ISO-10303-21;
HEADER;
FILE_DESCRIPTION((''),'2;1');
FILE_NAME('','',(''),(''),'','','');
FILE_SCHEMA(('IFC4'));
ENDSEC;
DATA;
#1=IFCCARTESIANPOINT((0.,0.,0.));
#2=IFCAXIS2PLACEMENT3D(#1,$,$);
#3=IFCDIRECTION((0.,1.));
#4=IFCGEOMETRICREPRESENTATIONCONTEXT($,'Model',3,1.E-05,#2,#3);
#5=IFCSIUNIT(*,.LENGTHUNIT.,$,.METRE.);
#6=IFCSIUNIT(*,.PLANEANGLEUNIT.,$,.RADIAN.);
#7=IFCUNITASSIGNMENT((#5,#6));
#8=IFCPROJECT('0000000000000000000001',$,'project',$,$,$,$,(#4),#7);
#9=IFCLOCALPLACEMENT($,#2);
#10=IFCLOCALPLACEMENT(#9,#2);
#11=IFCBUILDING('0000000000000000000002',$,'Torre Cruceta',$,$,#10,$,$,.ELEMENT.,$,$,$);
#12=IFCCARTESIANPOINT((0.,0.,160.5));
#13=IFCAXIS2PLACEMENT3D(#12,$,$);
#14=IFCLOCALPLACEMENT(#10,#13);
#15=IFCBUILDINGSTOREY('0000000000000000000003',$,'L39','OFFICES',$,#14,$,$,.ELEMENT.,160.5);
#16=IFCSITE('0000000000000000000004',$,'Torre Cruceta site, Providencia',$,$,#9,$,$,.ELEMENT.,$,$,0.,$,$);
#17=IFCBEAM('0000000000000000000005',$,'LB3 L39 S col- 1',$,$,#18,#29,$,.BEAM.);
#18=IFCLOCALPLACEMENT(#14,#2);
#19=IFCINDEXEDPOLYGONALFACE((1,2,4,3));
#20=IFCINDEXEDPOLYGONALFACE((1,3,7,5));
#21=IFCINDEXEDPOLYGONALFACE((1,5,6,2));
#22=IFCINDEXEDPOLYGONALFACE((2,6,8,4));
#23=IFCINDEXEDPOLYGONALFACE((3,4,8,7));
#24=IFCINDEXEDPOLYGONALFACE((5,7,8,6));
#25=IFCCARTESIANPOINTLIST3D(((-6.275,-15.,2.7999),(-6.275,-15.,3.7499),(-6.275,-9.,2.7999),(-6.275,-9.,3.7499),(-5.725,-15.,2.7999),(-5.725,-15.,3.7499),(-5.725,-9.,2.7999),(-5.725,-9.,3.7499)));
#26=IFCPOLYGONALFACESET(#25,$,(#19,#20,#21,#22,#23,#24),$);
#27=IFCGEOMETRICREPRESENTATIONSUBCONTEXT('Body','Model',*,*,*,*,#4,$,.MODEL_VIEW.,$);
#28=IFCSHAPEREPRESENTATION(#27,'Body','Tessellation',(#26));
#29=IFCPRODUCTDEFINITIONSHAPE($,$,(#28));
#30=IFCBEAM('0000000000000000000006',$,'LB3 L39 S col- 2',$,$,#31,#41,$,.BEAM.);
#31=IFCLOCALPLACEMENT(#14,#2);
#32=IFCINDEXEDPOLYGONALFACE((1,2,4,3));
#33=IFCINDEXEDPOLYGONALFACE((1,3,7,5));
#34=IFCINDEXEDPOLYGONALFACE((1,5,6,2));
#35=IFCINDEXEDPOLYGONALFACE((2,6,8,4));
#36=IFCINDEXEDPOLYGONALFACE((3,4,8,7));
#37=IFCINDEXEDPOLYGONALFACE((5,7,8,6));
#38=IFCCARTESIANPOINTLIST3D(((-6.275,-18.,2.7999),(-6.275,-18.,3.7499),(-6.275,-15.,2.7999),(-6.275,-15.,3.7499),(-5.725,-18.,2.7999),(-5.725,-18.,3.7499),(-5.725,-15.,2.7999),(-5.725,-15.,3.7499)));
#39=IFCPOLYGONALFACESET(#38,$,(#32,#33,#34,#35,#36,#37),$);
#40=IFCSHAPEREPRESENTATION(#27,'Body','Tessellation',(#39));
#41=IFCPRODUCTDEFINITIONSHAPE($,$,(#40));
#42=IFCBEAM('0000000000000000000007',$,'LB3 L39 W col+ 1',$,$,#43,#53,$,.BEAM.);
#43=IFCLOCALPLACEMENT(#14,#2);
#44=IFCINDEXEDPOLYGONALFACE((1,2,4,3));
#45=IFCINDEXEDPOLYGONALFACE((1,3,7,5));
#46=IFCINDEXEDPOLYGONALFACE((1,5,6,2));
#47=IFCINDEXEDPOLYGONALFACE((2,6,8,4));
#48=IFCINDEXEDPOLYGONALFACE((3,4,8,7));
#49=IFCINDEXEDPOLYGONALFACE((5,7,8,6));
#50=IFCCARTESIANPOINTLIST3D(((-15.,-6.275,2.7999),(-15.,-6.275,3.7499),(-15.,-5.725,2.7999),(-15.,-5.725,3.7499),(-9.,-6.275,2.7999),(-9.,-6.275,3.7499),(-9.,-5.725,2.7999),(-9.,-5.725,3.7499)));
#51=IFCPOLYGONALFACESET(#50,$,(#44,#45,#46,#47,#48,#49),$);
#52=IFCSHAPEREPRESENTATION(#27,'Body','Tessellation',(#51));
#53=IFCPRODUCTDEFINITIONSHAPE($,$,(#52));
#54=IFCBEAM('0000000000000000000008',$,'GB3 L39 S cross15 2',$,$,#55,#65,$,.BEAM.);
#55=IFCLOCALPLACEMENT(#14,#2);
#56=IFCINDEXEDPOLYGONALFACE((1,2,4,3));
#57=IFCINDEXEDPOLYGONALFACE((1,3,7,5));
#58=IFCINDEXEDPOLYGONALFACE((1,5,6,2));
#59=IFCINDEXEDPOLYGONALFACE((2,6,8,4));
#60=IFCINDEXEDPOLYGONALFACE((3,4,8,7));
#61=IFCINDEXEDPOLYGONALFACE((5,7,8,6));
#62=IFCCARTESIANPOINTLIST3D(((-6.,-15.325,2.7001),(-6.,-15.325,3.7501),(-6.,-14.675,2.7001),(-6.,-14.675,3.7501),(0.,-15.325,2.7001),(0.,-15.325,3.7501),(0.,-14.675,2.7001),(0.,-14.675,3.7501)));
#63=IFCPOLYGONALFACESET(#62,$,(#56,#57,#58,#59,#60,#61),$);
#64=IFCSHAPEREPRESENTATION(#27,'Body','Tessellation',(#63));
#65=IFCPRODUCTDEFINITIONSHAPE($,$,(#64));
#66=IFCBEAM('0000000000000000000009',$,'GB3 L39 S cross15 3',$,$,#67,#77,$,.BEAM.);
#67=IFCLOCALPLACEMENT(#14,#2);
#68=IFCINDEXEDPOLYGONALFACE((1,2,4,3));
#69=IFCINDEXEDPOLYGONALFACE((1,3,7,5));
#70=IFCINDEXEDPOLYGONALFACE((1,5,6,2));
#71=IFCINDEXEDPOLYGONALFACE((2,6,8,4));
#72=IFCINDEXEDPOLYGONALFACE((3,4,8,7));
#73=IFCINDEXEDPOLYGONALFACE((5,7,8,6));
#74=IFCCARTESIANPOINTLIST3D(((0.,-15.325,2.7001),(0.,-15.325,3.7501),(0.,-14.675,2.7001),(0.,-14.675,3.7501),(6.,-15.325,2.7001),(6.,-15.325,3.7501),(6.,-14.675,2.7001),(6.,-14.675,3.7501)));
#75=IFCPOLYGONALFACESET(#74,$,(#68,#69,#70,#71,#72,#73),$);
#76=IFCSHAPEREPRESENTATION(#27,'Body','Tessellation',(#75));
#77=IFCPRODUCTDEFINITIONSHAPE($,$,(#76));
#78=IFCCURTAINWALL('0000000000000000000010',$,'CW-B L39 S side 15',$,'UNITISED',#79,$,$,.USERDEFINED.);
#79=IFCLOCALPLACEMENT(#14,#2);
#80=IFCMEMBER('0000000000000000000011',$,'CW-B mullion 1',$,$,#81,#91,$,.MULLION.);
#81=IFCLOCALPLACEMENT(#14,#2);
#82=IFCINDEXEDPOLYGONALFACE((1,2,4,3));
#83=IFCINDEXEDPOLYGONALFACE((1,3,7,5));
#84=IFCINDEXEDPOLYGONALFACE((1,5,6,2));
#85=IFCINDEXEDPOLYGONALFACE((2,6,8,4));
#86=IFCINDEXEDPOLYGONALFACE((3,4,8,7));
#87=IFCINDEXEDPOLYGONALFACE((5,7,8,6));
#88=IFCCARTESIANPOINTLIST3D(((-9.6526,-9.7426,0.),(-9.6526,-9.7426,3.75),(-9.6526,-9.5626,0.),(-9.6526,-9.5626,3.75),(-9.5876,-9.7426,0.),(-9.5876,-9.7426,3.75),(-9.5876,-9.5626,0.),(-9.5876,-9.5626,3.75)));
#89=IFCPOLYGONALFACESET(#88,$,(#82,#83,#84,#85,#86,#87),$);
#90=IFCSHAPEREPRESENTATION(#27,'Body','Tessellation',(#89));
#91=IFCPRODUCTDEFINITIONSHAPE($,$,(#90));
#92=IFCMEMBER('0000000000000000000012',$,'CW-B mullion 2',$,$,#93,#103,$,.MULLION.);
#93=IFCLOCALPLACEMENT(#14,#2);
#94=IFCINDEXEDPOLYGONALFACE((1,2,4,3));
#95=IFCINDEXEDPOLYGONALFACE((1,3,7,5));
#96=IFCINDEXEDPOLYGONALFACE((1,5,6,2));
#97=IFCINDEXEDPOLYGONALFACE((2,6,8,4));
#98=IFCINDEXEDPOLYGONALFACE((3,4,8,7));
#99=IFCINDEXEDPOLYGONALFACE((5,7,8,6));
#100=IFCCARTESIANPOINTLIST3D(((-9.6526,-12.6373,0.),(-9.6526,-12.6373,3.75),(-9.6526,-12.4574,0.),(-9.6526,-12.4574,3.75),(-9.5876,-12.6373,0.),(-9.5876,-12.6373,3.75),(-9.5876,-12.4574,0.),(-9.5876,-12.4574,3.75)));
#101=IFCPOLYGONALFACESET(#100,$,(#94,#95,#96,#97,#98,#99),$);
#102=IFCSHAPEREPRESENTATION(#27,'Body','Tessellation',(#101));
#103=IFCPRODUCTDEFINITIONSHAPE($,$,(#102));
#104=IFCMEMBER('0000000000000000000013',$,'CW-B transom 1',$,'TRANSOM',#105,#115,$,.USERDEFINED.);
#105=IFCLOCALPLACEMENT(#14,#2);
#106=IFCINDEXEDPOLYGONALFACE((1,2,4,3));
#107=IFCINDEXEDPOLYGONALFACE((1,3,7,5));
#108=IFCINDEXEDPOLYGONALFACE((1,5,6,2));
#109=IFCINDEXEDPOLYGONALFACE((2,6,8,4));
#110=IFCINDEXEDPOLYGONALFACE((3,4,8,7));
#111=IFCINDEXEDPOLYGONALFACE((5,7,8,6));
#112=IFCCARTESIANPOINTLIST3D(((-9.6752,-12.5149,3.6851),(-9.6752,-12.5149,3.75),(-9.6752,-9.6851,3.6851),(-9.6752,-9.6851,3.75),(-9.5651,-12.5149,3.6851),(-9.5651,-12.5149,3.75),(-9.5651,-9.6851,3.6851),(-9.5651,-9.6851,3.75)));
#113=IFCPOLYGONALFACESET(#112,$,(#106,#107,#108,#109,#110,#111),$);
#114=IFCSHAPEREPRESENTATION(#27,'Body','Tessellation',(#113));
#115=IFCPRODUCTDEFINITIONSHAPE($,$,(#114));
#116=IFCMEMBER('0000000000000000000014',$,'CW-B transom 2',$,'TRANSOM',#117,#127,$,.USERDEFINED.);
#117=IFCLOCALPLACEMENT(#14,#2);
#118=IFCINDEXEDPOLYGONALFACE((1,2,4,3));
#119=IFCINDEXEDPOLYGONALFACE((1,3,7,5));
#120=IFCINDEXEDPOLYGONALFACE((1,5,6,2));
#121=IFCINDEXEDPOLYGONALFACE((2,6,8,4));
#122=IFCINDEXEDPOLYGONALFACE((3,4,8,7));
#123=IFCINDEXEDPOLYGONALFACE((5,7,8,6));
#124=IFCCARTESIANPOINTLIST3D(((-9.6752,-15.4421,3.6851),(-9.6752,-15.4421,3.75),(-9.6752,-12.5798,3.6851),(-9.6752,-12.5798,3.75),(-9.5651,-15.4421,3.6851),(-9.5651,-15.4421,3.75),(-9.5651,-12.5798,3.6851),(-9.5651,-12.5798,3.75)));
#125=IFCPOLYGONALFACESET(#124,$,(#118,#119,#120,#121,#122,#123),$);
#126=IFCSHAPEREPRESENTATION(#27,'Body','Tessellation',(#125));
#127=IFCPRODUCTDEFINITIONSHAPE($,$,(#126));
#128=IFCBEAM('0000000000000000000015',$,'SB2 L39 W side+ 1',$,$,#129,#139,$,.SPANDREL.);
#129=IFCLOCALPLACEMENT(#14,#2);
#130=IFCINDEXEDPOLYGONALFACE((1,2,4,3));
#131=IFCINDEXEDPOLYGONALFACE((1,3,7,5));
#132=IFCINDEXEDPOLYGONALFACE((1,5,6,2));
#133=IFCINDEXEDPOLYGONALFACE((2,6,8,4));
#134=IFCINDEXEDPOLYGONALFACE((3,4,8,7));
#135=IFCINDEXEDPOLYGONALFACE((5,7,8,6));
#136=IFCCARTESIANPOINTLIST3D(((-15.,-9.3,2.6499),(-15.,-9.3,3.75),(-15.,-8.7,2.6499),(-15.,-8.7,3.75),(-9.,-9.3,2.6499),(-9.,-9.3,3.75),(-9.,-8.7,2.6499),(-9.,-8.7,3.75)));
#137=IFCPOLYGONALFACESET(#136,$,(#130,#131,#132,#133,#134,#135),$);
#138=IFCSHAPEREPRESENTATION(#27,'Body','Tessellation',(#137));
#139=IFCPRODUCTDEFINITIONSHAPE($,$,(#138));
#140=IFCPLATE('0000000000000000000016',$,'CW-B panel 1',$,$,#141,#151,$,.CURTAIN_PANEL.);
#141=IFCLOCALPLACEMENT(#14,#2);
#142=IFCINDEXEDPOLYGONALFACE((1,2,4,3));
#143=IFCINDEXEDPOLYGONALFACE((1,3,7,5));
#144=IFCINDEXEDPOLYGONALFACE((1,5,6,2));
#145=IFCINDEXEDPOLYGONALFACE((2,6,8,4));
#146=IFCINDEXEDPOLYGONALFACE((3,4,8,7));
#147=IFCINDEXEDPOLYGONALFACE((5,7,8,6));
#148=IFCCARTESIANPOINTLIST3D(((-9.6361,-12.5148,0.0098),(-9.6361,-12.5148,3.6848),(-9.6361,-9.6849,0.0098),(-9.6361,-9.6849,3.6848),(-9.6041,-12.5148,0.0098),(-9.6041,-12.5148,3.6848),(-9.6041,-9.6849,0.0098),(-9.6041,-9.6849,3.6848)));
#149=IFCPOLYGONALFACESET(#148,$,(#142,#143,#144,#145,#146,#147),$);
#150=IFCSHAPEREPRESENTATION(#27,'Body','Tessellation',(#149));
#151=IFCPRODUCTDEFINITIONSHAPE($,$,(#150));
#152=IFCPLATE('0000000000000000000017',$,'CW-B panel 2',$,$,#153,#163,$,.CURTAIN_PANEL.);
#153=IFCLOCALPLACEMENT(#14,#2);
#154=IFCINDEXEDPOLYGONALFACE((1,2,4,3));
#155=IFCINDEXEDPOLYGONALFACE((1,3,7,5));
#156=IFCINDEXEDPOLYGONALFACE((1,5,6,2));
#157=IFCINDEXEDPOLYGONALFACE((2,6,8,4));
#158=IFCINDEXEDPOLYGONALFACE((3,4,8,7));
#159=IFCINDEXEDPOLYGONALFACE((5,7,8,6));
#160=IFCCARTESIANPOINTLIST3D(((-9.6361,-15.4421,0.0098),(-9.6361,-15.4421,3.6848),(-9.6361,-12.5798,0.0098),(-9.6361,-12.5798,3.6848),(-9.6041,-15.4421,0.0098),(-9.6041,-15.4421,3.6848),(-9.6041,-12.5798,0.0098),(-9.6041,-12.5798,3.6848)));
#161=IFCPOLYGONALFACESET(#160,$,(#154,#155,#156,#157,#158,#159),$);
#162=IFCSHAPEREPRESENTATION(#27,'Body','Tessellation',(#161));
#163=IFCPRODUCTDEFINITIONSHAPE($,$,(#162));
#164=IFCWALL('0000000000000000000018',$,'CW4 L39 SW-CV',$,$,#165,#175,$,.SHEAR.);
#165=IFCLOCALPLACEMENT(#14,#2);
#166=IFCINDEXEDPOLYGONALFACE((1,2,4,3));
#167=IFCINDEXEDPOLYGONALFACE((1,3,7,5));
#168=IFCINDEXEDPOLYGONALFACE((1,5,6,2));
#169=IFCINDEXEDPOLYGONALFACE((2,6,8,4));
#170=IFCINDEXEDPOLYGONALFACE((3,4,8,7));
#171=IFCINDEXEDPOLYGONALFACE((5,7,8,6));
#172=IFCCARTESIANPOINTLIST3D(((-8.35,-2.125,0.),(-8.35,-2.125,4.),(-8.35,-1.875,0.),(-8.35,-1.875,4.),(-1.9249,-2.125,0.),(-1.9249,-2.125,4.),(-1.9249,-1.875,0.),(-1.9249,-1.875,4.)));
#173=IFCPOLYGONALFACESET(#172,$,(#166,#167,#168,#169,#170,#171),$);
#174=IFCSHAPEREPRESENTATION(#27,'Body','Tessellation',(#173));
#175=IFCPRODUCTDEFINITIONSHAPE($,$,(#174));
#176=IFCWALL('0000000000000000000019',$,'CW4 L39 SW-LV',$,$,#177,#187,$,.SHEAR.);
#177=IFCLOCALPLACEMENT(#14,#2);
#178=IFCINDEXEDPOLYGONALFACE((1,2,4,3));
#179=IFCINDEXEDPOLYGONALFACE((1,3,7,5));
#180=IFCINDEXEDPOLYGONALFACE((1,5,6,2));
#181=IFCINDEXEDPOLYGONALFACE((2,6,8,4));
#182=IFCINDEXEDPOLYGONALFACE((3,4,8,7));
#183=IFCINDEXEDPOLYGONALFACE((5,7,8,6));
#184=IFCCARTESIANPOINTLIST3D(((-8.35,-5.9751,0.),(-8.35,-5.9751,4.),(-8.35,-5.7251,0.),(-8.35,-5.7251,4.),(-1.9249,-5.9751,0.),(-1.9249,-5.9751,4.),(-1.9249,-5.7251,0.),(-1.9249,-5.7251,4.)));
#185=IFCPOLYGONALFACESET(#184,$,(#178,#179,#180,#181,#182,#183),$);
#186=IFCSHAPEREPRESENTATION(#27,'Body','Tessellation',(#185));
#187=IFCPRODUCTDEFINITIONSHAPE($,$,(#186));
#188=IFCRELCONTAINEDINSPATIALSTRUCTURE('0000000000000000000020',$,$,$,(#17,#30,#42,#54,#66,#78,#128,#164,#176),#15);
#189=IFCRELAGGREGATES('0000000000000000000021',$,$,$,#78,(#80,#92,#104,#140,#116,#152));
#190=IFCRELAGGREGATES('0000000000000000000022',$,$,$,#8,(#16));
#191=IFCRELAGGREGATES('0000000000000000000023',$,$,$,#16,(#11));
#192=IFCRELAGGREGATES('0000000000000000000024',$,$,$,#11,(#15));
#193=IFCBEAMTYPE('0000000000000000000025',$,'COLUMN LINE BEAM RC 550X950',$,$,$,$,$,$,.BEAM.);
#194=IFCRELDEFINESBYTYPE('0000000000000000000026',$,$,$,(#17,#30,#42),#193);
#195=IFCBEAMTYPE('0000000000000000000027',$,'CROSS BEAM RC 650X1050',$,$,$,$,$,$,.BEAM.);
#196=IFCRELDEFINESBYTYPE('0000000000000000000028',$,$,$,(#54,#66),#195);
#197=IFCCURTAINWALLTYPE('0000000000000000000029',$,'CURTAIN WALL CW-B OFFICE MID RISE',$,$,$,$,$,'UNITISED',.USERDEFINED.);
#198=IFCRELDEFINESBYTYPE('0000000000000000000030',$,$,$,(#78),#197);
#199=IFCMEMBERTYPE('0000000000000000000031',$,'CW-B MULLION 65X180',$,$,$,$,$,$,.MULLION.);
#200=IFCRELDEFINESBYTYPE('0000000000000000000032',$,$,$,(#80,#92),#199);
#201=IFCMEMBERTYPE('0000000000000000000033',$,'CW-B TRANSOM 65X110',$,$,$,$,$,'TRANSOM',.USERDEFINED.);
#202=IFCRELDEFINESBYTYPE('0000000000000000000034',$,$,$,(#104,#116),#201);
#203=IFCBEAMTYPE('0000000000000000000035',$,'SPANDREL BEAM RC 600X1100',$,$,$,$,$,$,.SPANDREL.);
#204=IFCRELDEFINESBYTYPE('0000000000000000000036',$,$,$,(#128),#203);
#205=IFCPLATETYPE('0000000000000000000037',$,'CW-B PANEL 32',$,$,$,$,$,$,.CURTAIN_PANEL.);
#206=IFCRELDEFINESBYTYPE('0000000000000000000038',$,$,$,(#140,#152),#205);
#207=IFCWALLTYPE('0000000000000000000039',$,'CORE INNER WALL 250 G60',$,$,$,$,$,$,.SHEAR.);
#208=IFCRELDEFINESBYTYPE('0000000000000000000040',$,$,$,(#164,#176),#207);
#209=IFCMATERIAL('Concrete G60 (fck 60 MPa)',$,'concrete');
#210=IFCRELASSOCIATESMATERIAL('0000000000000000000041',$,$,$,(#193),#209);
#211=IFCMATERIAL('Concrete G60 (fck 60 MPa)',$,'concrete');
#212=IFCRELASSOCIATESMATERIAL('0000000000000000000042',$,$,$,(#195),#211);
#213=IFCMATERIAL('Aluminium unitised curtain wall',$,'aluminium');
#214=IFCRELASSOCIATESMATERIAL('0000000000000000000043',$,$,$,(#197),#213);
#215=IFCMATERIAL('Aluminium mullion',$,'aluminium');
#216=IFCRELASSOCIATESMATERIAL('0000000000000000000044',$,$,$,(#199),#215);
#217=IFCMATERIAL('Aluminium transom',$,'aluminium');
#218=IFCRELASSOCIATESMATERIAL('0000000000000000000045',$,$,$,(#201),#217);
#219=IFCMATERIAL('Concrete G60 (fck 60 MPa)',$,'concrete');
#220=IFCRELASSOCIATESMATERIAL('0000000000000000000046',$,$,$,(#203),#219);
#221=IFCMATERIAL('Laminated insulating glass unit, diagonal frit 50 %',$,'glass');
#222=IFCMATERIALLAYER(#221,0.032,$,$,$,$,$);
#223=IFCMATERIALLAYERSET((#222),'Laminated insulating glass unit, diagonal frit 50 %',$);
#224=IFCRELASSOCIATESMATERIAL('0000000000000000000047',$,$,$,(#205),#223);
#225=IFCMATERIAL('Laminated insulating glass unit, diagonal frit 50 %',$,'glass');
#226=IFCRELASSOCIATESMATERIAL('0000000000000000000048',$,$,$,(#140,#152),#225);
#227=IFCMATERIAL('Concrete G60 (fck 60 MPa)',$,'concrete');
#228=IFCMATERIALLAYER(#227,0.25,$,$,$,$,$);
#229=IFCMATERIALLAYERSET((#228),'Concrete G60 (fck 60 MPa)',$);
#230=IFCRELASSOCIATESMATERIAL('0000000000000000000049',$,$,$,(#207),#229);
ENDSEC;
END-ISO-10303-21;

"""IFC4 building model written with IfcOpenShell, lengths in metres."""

from ifc_helpers import new_model, si_unit, direction, frame, frame_2d, origin, origin_2d, place, context, subcontext, project, spatial, rectangle, extrude, material, layer, layer_set, material_profile, profile_set, type_object, element, aggregate, save


model = new_model("IFC4")

# Units and contexts
model_context = context("Model", 3, precision=1e-05, world=origin(), true_north=direction((0.0, 1.0)))
body_context = subcontext(model_context, "Body", "Model", "MODEL_VIEW")
ifc_project = project(units=[si_unit("LENGTHUNIT", "METRE"), si_unit("PLANEANGLEUNIT", "RADIAN")], contexts=[model_context])

# Site, building, storey
site_placement = place(None, origin())
site = spatial("IfcSite", under=ifc_project, at=site_placement, Name="Torre Cruceta site, Providencia", CompositionType="ELEMENT", RefElevation=0.0)
building_placement = place(site_placement, origin())
building = spatial("IfcBuilding", under=site, at=building_placement, Name="Torre Cruceta", CompositionType="ELEMENT")
storey_placement = place(building_placement, frame((0.0, 0.0, 160.5)))
storey = spatial("IfcBuildingStorey", under=building, at=storey_placement, Name="L39", Description="OFFICES", CompositionType="ELEMENT", Elevation=160.5)

# Beams
ifc_material_1 = material(Name="Concrete G60 (fck 60 MPa)", Category="concrete")
ifc_material_profile_1 = material_profile(ifc_material_1, rectangle(XDim=0.55, YDim=0.95, at=origin_2d()), Name="RC 550X950")
ifc_profile_set_1 = profile_set([ifc_material_profile_1], Name="Concrete G60 (fck 60 MPa)")
beam_type_1 = type_object("IfcBeamType", Name="COLUMN LINE BEAM RC 550X950", PredefinedType="BEAM", material=ifc_profile_set_1)
beam_1_placement = place(storey_placement, frame((-6.0, -9.0, 3.2749), z_axis=(0.0, -1.0, 0.0), x_axis=(1.0, 0.0, 0.0)))
element("IfcBeam", 1, at=beam_1_placement, inside=storey, type_object=beam_type_1, Name="LB3 L39 S col- 1", PredefinedType="BEAM", context=body_context, shape_type="SweptSolid", body=[
    extrude(rectangle(XDim=0.55, YDim=0.95, at=origin_2d()), origin(), (0.0, 0.0, 1.0), 6.0),
])
beam_2_placement = place(storey_placement, frame((-6.0, -15.0, 3.2749), z_axis=(0.0, -1.0, 0.0), x_axis=(1.0, 0.0, 0.0)))
element("IfcBeam", 2, at=beam_2_placement, inside=storey, type_object=beam_type_1, Name="LB3 L39 S col- 2", PredefinedType="BEAM", context=body_context, shape_type="SweptSolid", body=[
    extrude(rectangle(XDim=0.55, YDim=0.95, at=origin_2d()), origin(), (0.0, 0.0, 1.0), 3.0),
])
beam_3_placement = place(storey_placement, frame((-9.0, -6.0, 3.2749), z_axis=(-1.0, 0.0, 0.0), x_axis=(0.0, -1.0, 0.0)))
element("IfcBeam", 3, at=beam_3_placement, inside=storey, type_object=beam_type_1, Name="LB3 L39 W col+ 1", PredefinedType="BEAM", context=body_context, shape_type="SweptSolid", body=[
    extrude(rectangle(XDim=0.55, YDim=0.95, at=origin_2d()), origin(), (0.0, 0.0, 1.0), 6.0),
])
ifc_material_2 = material(Name="Concrete G60 (fck 60 MPa)", Category="concrete")
ifc_material_profile_2 = material_profile(ifc_material_2, rectangle(XDim=0.6499, YDim=1.05, at=origin_2d()), Name="RC 650X1050")
ifc_profile_set_2 = profile_set([ifc_material_profile_2], Name="Concrete G60 (fck 60 MPa)")
beam_type_2 = type_object("IfcBeamType", Name="CROSS BEAM RC 650X1050", PredefinedType="BEAM", material=ifc_profile_set_2)
for number, where, z_axis, x_axis, name in (
    (4, (-6.0, -15.0, 3.2251), (1.0, 0.0, 0.0), (0.0, 1.0, 0.0), "GB3 L39 S cross15 2"),
    (5, (0.0, -15.0, 3.2251), (1.0, 0.0, 0.0), (0.0, 1.0, 0.0), "GB3 L39 S cross15 3"),
):
    element("IfcBeam", number, at=place(storey_placement, frame(where, z_axis=z_axis, x_axis=x_axis)), inside=storey, type_object=beam_type_2, Name=name, PredefinedType="BEAM", context=body_context, shape_type="SweptSolid", body=[
        extrude(rectangle(XDim=0.6499, YDim=1.05, at=origin_2d()), origin(), (0.0, 0.0, 1.0), 6.0),
    ])

# Curtain wall, members
ifc_material_3 = material(Name="Aluminium unitised curtain wall", Category="aluminium")
curtain_wall_type = type_object("IfcCurtainWallType", Name="CURTAIN WALL CW-B OFFICE MID RISE", ElementType="UNITISED", PredefinedType="USERDEFINED", material=ifc_material_3)
curtain_wall_placement = place(storey_placement, origin())
curtain_wall = element("IfcCurtainWall", 6, at=curtain_wall_placement, inside=storey, type_object=curtain_wall_type, Name="CW-B L39 S side 15", ObjectType="UNITISED", PredefinedType="USERDEFINED")
ifc_material_4 = material(Name="Aluminium mullion", Category="aluminium")
ifc_material_profile_3 = material_profile(ifc_material_4, rectangle(XDim=0.0649, YDim=0.1799, at=origin_2d()), Name="AL 65X180")
ifc_profile_set_3 = profile_set([ifc_material_profile_3], Name="Aluminium mullion")
member_type_1 = type_object("IfcMemberType", Name="CW-B MULLION 65X180", PredefinedType="MULLION", material=ifc_profile_set_3)
member_1_placement = place(storey_placement, frame((-9.6201, -9.6526, 0.0), z_axis=(0.0, 0.0, 1.0), x_axis=(1.0, 0.0, 0.0)))
member_1 = element("IfcMember", 7, at=member_1_placement, type_object=member_type_1, Name="CW-B mullion 1", PredefinedType="MULLION", context=body_context, shape_type="SweptSolid", body=[
    extrude(rectangle(XDim=0.0649, YDim=0.1799, at=origin_2d()), origin(), (0.0, 0.0, 1.0), 3.75),
])
member_2_placement = place(storey_placement, frame((-9.6201, -12.5474, 0.0), z_axis=(0.0, 0.0, 1.0), x_axis=(1.0, 0.0, 0.0)))
member_2 = element("IfcMember", 8, at=member_2_placement, type_object=member_type_1, Name="CW-B mullion 2", PredefinedType="MULLION", context=body_context, shape_type="SweptSolid", body=[
    extrude(rectangle(XDim=0.0649, YDim=0.1799, at=origin_2d()), origin(), (0.0, 0.0, 1.0), 3.75),
])
ifc_material_5 = material(Name="Aluminium transom", Category="aluminium")
ifc_material_profile_4 = material_profile(ifc_material_5, rectangle(XDim=0.1101, YDim=0.0649, at=origin_2d()), Name="AL 110X65")
ifc_profile_set_4 = profile_set([ifc_material_profile_4], Name="Aluminium transom")
member_type_2 = type_object("IfcMemberType", Name="CW-B TRANSOM 65X110", ElementType="TRANSOM", PredefinedType="USERDEFINED", material=ifc_profile_set_4)
member_3_placement = place(storey_placement, frame((-9.6201, -9.6851, 3.7175), z_axis=(0.0, -1.0, 0.0), x_axis=(1.0, 0.0, 0.0)))
member_3 = element("IfcMember", 9, at=member_3_placement, type_object=member_type_2, Name="CW-B transom 1", ObjectType="TRANSOM", PredefinedType="USERDEFINED", context=body_context, shape_type="SweptSolid", body=[
    extrude(rectangle(XDim=0.1101, YDim=0.0649, at=origin_2d()), origin(), (0.0, 0.0, 1.0), 2.8298),
])
member_4_placement = place(storey_placement, frame((-9.6201, -12.5798, 3.7175), z_axis=(0.0, -1.0, 0.0), x_axis=(1.0, 0.0, 0.0)))
member_4 = element("IfcMember", 10, at=member_4_placement, type_object=member_type_2, Name="CW-B transom 2", ObjectType="TRANSOM", PredefinedType="USERDEFINED", context=body_context, shape_type="SweptSolid", body=[
    extrude(rectangle(XDim=0.1101, YDim=0.0649, at=origin_2d()), origin(), (0.0, 0.0, 1.0), 2.8623),
])

# Beam
ifc_material_6 = material(Name="Concrete G60 (fck 60 MPa)", Category="concrete")
ifc_material_profile_5 = material_profile(ifc_material_6, rectangle(XDim=0.6001, YDim=1.1001, at=origin_2d()), Name="RC 600X1100")
ifc_profile_set_5 = profile_set([ifc_material_profile_5], Name="Concrete G60 (fck 60 MPa)")
beam_type_3 = type_object("IfcBeamType", Name="SPANDREL BEAM RC 600X1100", PredefinedType="SPANDREL", material=ifc_profile_set_5)
beam_4_placement = place(storey_placement, frame((-9.0, -9.0, 3.2), z_axis=(-1.0, 0.0, 0.0), x_axis=(0.0, -1.0, 0.0)))
element("IfcBeam", 11, at=beam_4_placement, inside=storey, type_object=beam_type_3, Name="SB2 L39 W side+ 1", PredefinedType="SPANDREL", context=body_context, shape_type="SweptSolid", body=[
    extrude(rectangle(XDim=0.6001, YDim=1.1001, at=origin_2d()), origin(), (0.0, 0.0, 1.0), 6.0),
])

# Plates
ifc_material_7 = material(Name="Laminated insulating glass unit, diagonal frit 50 %", Category="glass")
ifc_material_8 = material(Name="Laminated insulating glass unit, diagonal frit 50 %", Category="glass")
ifc_layer_1 = layer(ifc_material_8, 0.032)
ifc_layer_set_1 = layer_set([ifc_layer_1], Name="Laminated insulating glass unit, diagonal frit 50 %")
plate_type = type_object("IfcPlateType", Name="CW-B PANEL 32", PredefinedType="CURTAIN_PANEL", material=ifc_layer_set_1)
plate_1_placement = place(storey_placement, frame((-9.6201, -11.0999, 0.0098), z_axis=(0.0, 0.0, 1.0), x_axis=(0.0, -1.0, 0.0)))
plate_1 = element("IfcPlate", 12, at=plate_1_placement, type_object=plate_type, material=ifc_material_7, Name="CW-B panel 1", PredefinedType="CURTAIN_PANEL", context=body_context, shape_type="SweptSolid", body=[
    extrude(rectangle(XDim=2.8298, YDim=0.032, at=origin_2d()), origin(), (0.0, 0.0, 1.0), 3.675),
])
plate_2_placement = place(storey_placement, frame((-9.6201, -14.011, 0.0098), z_axis=(0.0, 0.0, 1.0), x_axis=(0.0, -1.0, 0.0)))
plate_2 = element("IfcPlate", 13, at=plate_2_placement, type_object=plate_type, material=ifc_material_7, Name="CW-B panel 2", PredefinedType="CURTAIN_PANEL", context=body_context, shape_type="SweptSolid", body=[
    extrude(rectangle(XDim=2.8623, YDim=0.032, at=origin_2d()), origin(), (0.0, 0.0, 1.0), 3.675),
])
aggregate(curtain_wall, [member_1, member_2, member_3, plate_1, member_4, plate_2])

# Shared definitions
ifc_material_9 = material(Name="Concrete G60 (fck 60 MPa)", Category="concrete")
ifc_layer_2 = layer(ifc_material_9, 0.25)
ifc_layer_set_2 = layer_set([ifc_layer_2], Name="Concrete G60 (fck 60 MPa)")
wall_type_1 = type_object("IfcWallType", Name="CORE INNER WALL 250 G60", PredefinedType="SHEAR", material=ifc_layer_set_2)

# Walls
for number, where, z_axis, x_axis, name in (
    (14, (-1.925, -2.0, 0.0), (0.0, 0.0, 1.0), (-1.0, 0.0, 0.0), "CW4 L39 SW-CV"),
    (15, (-1.925, -5.8501, 0.0), (0.0, 0.0, 1.0), (-1.0, 0.0, 0.0), "CW4 L39 SW-LV"),
):
    element("IfcWall", number, at=place(storey_placement, frame(where, z_axis=z_axis, x_axis=x_axis)), inside=storey, type_object=wall_type_1, Name=name, PredefinedType="SHEAR", context=body_context, shape_type="SweptSolid", body=[
        extrude(rectangle(XDim=6.425, YDim=0.25, at=frame_2d((3.2124, 0.0))), origin(), (0.0, 0.0, 1.0), 4.0),
    ])

save(model, "model.ifc")
